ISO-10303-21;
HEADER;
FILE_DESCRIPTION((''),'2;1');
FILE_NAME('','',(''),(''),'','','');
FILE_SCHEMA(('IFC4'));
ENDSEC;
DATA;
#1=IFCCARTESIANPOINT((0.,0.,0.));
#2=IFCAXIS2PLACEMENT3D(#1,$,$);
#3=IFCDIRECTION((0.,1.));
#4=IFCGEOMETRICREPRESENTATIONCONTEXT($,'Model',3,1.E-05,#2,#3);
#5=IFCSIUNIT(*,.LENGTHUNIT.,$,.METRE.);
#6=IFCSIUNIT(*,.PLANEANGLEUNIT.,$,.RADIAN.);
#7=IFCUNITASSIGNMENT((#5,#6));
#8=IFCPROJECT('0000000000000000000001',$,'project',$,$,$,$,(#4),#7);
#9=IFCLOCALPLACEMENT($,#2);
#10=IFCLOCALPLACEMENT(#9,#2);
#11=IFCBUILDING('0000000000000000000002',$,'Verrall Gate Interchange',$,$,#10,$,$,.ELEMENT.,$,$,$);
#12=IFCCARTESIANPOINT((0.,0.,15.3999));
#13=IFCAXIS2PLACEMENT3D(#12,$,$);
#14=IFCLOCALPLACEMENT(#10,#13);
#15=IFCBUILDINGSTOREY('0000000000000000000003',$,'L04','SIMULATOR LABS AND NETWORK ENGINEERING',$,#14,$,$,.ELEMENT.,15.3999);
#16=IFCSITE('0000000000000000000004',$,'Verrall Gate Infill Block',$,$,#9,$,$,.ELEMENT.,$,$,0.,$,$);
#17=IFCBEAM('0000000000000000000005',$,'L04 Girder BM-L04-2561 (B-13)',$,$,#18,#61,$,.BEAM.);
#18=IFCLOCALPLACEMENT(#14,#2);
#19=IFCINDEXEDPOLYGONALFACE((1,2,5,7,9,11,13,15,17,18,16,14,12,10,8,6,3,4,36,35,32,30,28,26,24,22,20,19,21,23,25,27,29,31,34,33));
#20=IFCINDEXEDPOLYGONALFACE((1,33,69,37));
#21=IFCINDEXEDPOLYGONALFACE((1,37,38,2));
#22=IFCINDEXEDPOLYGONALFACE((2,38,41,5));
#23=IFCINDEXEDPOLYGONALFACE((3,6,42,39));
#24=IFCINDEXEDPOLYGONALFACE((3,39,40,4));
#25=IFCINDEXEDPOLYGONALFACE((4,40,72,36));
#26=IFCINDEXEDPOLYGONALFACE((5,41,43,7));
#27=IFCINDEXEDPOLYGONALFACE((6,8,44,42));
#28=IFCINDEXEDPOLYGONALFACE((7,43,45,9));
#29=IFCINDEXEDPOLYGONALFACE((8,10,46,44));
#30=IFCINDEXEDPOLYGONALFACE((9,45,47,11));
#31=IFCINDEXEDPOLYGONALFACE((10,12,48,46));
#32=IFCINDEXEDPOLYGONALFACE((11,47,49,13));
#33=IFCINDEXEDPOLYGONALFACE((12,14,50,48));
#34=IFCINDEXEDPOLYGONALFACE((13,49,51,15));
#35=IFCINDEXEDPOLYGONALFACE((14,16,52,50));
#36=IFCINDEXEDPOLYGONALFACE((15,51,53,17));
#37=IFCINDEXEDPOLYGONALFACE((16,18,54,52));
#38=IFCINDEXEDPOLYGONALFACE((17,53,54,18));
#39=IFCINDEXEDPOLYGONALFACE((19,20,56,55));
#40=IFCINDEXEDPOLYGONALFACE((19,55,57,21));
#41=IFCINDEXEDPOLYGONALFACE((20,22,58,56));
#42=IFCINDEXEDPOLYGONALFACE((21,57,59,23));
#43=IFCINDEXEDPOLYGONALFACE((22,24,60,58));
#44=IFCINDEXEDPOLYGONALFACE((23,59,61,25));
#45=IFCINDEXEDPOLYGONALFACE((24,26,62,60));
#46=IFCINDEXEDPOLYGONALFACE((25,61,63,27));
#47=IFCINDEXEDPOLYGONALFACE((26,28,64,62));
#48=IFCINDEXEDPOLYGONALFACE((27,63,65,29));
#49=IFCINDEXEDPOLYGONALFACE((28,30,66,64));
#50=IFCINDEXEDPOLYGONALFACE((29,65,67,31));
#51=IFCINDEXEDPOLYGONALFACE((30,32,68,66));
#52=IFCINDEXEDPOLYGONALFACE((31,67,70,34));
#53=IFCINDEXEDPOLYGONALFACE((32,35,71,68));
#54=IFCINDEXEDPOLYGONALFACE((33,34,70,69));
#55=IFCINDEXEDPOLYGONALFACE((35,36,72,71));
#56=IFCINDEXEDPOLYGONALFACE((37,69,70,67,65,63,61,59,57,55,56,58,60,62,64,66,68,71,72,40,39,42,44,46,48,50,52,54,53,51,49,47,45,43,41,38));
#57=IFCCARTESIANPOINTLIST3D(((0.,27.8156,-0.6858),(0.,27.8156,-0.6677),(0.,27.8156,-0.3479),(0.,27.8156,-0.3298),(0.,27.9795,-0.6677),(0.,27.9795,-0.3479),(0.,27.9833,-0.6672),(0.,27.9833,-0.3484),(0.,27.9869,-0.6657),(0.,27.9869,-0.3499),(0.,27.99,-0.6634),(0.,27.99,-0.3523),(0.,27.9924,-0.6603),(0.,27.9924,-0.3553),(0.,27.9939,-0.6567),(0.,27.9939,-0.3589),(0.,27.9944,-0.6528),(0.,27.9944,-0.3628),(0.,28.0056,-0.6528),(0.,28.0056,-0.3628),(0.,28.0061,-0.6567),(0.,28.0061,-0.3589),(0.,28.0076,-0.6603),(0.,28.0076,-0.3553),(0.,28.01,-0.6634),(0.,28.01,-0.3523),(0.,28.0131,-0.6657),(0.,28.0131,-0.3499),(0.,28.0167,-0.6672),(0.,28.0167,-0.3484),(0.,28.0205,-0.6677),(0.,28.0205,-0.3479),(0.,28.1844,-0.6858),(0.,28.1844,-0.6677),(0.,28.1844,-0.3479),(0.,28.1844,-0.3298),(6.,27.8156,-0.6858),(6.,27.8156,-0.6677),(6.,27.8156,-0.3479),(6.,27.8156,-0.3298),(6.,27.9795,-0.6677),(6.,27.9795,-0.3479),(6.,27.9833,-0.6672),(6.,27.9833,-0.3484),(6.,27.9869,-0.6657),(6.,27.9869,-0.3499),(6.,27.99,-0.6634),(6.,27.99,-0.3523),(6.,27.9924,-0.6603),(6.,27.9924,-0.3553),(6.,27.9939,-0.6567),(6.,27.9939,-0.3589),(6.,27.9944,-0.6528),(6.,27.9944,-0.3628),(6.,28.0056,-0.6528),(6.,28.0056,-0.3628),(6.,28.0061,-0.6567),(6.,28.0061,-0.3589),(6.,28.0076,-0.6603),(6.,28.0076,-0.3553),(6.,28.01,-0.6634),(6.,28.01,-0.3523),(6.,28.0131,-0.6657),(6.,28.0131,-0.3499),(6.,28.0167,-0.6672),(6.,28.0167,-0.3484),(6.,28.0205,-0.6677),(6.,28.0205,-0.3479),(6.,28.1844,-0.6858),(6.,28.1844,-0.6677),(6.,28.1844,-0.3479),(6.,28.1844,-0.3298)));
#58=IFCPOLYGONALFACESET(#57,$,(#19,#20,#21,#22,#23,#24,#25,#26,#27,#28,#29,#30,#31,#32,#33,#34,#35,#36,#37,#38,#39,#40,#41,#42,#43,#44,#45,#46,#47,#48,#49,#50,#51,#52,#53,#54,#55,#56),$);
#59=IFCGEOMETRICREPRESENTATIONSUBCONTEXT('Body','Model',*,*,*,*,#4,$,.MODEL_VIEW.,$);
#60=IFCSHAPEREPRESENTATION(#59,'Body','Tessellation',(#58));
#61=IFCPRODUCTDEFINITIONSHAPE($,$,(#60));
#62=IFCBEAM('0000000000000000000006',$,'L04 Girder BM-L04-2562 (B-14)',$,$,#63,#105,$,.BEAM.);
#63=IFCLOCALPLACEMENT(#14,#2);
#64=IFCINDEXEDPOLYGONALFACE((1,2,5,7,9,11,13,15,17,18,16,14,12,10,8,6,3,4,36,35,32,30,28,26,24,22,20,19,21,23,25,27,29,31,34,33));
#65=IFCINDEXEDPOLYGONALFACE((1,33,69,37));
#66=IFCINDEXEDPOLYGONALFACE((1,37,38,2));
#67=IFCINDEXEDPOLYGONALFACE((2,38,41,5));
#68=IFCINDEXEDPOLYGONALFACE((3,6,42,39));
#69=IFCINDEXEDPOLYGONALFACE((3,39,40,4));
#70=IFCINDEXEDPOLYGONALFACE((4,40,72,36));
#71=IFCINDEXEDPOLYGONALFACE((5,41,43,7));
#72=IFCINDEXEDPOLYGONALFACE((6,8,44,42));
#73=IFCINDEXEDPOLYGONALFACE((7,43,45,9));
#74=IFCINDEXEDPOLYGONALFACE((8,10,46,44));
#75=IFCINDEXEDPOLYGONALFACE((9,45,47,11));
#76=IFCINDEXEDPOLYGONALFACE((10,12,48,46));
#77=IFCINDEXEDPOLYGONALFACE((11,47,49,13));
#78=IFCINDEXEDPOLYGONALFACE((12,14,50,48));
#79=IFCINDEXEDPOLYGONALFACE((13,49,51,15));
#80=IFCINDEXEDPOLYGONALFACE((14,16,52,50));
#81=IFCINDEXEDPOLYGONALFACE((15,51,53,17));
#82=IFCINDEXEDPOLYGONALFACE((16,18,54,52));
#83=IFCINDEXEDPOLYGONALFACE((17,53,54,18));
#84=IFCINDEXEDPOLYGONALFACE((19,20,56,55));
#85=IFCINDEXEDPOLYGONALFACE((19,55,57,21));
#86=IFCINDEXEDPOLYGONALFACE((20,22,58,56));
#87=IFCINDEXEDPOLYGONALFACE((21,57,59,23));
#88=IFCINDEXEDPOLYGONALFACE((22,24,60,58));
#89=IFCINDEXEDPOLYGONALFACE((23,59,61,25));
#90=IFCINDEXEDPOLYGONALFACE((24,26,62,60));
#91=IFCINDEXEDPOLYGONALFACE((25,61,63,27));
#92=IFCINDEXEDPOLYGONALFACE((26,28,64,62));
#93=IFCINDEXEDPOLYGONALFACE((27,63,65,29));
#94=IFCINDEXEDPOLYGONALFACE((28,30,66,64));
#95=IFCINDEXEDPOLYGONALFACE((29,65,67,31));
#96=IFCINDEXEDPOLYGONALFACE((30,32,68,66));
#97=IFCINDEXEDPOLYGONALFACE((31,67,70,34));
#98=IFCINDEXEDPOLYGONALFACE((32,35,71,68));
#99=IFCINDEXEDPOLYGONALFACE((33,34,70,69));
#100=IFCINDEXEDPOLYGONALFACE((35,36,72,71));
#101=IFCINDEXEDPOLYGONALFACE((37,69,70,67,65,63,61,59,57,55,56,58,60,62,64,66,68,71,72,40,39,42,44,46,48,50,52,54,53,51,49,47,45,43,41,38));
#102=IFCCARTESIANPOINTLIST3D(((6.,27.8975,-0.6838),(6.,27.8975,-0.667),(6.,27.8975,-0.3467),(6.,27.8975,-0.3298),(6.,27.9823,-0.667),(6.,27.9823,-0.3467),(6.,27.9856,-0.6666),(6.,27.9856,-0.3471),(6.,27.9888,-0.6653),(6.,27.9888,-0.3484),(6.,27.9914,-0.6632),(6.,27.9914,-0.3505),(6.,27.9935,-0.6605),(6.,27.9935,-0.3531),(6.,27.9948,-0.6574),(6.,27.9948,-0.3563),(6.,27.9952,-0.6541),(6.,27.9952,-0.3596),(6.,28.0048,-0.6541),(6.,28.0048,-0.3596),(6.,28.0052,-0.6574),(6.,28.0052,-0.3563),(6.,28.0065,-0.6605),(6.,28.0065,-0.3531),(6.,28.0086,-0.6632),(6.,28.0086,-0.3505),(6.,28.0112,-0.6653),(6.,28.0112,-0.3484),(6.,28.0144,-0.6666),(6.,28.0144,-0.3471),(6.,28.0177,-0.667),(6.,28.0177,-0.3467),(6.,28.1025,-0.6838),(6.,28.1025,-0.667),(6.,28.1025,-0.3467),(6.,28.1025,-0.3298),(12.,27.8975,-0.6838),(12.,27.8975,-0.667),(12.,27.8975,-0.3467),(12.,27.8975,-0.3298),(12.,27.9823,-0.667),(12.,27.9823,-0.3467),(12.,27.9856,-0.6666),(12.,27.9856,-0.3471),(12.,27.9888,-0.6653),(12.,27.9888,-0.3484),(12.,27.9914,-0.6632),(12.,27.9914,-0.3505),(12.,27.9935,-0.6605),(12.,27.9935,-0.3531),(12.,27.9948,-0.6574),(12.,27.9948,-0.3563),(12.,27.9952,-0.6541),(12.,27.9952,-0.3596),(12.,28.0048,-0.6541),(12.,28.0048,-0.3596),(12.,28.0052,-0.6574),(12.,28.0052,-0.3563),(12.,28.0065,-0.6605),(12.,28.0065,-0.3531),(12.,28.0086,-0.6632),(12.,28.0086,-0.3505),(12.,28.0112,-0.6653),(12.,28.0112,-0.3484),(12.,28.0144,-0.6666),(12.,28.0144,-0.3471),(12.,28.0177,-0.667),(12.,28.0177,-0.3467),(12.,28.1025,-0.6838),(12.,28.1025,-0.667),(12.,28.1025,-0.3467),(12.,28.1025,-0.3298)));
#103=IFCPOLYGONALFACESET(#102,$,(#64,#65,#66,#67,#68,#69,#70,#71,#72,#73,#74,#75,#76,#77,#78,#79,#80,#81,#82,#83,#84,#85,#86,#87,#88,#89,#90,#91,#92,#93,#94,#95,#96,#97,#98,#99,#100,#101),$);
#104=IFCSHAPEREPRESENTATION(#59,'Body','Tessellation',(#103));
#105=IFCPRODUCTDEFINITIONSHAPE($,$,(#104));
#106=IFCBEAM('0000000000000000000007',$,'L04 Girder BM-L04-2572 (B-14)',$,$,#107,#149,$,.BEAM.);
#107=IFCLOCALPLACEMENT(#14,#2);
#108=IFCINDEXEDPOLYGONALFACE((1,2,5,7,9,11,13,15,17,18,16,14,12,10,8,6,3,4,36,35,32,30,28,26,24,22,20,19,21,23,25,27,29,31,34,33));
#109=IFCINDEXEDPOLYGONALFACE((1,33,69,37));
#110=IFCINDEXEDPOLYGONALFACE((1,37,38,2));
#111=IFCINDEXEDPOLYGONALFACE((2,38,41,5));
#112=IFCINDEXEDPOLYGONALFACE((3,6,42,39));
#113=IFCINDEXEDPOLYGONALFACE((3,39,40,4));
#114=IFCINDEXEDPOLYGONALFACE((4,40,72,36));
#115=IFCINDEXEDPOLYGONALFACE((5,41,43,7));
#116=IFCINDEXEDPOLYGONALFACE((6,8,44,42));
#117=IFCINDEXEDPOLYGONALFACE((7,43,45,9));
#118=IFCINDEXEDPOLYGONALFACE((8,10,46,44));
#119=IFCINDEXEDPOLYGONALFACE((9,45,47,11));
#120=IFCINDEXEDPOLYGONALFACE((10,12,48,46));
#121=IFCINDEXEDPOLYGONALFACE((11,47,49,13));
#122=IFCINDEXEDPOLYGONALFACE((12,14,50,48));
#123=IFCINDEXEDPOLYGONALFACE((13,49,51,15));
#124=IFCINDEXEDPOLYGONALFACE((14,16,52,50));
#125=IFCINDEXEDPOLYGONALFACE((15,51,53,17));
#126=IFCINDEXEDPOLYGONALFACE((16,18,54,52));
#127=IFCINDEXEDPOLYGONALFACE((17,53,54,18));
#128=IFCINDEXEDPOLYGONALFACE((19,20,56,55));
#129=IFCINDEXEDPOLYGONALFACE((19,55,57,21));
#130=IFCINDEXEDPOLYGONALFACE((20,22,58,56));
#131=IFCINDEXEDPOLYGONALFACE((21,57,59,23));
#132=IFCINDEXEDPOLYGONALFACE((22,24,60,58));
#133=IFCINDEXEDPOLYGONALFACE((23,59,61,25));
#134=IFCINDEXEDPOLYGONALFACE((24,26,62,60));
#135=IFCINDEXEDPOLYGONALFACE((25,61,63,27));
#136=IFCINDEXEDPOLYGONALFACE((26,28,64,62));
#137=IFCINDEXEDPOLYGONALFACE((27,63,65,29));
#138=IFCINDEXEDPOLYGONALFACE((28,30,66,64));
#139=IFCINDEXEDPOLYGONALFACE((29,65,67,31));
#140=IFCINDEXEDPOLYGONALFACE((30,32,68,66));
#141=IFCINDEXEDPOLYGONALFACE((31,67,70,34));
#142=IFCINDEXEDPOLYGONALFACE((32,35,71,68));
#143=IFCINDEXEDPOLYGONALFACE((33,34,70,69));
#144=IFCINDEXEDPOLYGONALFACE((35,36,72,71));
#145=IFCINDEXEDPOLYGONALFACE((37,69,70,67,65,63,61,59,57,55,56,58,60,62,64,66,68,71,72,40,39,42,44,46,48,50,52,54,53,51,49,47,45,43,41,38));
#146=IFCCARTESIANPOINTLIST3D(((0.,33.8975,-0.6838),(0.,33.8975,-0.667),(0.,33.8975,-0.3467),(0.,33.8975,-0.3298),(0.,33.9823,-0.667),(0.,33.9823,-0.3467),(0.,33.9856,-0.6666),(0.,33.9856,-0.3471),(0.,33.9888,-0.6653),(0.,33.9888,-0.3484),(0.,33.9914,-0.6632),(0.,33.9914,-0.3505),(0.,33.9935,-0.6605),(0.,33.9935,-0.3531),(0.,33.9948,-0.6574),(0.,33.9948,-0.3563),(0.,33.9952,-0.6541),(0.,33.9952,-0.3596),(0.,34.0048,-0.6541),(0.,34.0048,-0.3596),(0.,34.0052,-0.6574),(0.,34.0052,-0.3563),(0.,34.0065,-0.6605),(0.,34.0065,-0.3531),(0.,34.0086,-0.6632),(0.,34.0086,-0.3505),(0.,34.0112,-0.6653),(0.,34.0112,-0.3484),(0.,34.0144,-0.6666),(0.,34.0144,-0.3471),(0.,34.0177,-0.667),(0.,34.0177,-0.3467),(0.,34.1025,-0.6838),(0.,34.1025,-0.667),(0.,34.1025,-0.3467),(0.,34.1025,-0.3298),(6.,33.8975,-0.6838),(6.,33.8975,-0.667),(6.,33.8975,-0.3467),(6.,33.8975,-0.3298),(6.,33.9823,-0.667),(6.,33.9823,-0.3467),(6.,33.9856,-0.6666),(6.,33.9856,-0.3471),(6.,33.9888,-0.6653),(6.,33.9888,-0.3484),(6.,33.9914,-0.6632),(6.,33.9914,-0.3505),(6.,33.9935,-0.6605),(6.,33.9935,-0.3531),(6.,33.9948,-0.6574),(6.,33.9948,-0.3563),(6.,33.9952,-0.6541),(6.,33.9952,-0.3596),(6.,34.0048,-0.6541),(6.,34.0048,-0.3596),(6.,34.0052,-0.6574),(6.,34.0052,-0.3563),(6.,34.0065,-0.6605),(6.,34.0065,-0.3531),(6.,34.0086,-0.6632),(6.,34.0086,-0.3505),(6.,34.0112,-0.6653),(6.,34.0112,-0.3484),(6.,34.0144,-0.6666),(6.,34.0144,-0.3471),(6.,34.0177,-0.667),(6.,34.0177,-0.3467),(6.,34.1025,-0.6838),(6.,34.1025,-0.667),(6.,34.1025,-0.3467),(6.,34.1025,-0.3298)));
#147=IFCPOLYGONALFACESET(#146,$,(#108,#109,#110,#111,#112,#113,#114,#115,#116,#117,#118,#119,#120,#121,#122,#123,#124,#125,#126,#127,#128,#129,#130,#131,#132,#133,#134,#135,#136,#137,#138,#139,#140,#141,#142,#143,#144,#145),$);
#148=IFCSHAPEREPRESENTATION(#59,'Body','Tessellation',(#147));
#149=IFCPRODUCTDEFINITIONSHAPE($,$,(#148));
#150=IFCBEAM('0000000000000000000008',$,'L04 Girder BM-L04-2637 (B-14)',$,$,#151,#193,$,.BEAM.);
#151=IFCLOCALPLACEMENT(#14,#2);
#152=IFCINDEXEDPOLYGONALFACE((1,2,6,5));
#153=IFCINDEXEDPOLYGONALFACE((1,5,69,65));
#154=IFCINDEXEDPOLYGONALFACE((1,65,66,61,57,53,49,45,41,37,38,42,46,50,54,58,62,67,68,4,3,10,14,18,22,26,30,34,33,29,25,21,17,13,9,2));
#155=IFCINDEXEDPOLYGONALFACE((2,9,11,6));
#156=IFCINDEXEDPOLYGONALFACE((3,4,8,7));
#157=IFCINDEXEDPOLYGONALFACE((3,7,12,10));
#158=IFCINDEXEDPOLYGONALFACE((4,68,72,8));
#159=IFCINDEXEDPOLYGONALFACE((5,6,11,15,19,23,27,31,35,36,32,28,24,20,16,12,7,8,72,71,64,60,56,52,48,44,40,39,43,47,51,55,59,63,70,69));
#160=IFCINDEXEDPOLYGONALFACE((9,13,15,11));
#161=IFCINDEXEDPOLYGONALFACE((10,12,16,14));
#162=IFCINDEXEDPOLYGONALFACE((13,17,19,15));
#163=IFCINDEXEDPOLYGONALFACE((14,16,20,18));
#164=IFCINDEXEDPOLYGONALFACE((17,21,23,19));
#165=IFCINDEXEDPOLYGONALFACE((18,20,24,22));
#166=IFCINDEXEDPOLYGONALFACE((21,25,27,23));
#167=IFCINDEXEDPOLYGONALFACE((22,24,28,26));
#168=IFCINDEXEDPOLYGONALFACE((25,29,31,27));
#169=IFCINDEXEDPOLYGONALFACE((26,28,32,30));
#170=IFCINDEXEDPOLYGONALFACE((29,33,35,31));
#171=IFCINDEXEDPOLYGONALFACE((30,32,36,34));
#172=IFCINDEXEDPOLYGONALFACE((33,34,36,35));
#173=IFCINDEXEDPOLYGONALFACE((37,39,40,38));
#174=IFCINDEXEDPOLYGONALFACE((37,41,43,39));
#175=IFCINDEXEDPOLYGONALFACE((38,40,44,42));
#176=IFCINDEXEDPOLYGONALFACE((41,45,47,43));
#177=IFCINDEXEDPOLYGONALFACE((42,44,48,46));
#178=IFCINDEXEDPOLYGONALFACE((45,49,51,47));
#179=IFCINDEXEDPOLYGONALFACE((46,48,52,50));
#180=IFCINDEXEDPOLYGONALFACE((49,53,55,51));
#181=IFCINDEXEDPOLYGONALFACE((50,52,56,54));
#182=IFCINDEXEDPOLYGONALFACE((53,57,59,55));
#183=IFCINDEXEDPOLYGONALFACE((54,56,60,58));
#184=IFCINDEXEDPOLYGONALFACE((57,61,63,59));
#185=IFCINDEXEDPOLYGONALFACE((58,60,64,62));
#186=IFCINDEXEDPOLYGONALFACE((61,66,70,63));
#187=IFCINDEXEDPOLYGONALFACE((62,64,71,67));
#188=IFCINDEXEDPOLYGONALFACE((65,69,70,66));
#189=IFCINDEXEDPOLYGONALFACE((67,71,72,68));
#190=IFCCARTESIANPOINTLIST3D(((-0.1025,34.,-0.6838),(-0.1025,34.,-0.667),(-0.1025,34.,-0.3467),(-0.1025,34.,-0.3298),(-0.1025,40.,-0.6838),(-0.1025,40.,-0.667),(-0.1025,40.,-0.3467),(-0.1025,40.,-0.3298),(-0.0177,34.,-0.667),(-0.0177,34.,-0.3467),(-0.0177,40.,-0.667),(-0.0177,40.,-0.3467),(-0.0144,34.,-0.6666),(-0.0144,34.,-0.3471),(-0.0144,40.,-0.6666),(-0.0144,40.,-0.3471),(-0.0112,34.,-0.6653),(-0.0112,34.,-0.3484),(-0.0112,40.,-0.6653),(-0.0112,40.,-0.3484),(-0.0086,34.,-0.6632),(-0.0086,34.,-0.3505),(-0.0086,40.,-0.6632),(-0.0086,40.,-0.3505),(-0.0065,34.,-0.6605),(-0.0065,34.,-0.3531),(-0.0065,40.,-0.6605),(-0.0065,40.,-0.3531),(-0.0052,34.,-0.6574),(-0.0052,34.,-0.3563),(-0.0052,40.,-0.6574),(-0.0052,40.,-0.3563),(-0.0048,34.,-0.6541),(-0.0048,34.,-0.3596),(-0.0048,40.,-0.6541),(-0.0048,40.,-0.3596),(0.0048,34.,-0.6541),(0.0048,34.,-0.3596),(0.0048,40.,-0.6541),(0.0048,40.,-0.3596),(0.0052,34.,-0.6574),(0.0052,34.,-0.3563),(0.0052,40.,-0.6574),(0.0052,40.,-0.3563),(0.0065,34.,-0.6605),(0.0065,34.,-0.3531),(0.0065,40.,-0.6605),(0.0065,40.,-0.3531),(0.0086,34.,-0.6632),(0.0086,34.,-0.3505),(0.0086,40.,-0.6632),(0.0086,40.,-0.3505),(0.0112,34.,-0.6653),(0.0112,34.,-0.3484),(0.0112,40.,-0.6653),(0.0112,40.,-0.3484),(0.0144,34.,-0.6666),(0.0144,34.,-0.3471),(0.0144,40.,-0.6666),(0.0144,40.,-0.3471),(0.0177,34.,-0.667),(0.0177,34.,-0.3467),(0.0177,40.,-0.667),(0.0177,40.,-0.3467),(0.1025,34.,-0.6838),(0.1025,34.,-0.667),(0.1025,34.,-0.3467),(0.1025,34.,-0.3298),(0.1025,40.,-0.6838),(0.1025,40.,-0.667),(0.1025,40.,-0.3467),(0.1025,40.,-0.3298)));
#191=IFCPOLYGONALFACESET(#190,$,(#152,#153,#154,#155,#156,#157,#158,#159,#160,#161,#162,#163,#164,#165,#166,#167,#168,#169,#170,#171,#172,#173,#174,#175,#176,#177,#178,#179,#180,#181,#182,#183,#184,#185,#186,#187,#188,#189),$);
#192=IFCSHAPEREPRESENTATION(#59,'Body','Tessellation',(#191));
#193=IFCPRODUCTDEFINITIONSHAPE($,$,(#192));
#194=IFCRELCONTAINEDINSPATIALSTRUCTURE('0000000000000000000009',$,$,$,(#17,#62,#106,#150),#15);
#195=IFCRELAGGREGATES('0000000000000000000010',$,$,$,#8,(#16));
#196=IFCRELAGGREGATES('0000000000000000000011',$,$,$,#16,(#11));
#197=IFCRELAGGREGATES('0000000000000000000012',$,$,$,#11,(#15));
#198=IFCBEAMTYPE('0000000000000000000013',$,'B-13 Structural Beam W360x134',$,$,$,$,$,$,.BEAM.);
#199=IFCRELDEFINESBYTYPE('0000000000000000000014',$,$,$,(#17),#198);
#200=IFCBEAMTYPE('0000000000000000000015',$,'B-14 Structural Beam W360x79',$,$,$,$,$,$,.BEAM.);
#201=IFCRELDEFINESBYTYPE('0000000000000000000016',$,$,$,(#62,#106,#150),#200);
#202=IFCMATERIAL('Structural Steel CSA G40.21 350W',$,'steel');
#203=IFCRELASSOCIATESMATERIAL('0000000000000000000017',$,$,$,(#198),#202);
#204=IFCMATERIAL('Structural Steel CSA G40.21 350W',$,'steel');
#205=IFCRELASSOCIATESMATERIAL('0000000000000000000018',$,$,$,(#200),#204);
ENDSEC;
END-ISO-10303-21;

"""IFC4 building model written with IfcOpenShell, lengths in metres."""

from ifc_helpers import new_model, si_unit, direction, frame, origin, origin_2d, place, context, subcontext, project, spatial, i_section, extrude, material, material_profile, profile_set, type_object, element, save


model = new_model("IFC4")

# Units and contexts
model_context = context("Model", 3, precision=1e-05, world=origin(), true_north=direction((0.0, 1.0)))
body_context = subcontext(model_context, "Body", "Model", "MODEL_VIEW")
ifc_project = project(units=[si_unit("LENGTHUNIT", "METRE"), si_unit("PLANEANGLEUNIT", "RADIAN")], contexts=[model_context])

# Site, building, storey
site_placement = place(None, origin())
site = spatial("IfcSite", under=ifc_project, at=site_placement, Name="Verrall Gate Infill Block", CompositionType="ELEMENT", RefElevation=0.0)
building_placement = place(site_placement, origin())
building = spatial("IfcBuilding", under=site, at=building_placement, Name="Verrall Gate Interchange", CompositionType="ELEMENT")
storey_placement = place(building_placement, frame((0.0, 0.0, 15.3999)))
storey = spatial("IfcBuildingStorey", under=building, at=storey_placement, Name="L04", Description="SIMULATOR LABS AND NETWORK ENGINEERING", CompositionType="ELEMENT", Elevation=15.3999)

# Beams
ifc_material_1 = material(Name="Structural Steel CSA G40.21 350W", Category="steel")
ifc_material_profile_1 = material_profile(ifc_material_1, i_section(OverallWidth=0.3689, OverallDepth=0.356, WebThickness=0.0112, FlangeThickness=0.0181, FilletRadius=0.0149, at=origin_2d()), Name="W360x134")
ifc_profile_set_1 = profile_set([ifc_material_profile_1], Name="Structural Steel CSA G40.21 350W")
beam_type_1 = type_object("IfcBeamType", Name="B-13 Structural Beam W360x134", PredefinedType="BEAM", material=ifc_profile_set_1)
beam_1_placement = place(storey_placement, frame((0.0, 28.0, -0.5078), z_axis=(1.0, 0.0, 0.0), x_axis=(0.0, 1.0, 0.0)))
element("IfcBeam", 1, at=beam_1_placement, inside=storey, type_object=beam_type_1, Name="L04 Girder BM-L04-2561 (B-13)", PredefinedType="BEAM", context=body_context, shape_type="SweptSolid", body=[
    extrude(i_section(OverallWidth=0.3689, OverallDepth=0.356, WebThickness=0.0112, FlangeThickness=0.0181, FilletRadius=0.0149, at=origin_2d()), origin(), (0.0, 0.0, 1.0), 6.0),
])
ifc_material_2 = material(Name="Structural Steel CSA G40.21 350W", Category="steel")
ifc_material_profile_2 = material_profile(ifc_material_2, i_section(OverallWidth=0.2051, OverallDepth=0.354, WebThickness=0.0095, FlangeThickness=0.0168, FilletRadius=0.0129, at=origin_2d()), Name="W360x79")
ifc_profile_set_2 = profile_set([ifc_material_profile_2], Name="Structural Steel CSA G40.21 350W")
beam_type_2 = type_object("IfcBeamType", Name="B-14 Structural Beam W360x79", PredefinedType="BEAM", material=ifc_profile_set_2)
for number, where, z_axis, x_axis, name in (
    (2, (6.0, 28.0, -0.5068), (1.0, 0.0, 0.0), (0.0, 1.0, 0.0), "L04 Girder BM-L04-2562 (B-14)"),
    (3, (0.0, 34.0, -0.5068), (1.0, 0.0, 0.0), (0.0, 1.0, 0.0), "L04 Girder BM-L04-2572 (B-14)"),
    (4, (0.0, 34.0, -0.5068), (0.0, 1.0, 0.0), (-1.0, 0.0, 0.0), "L04 Girder BM-L04-2637 (B-14)"),
):
    element("IfcBeam", number, at=place(storey_placement, frame(where, z_axis=z_axis, x_axis=x_axis)), inside=storey, type_object=beam_type_2, Name=name, PredefinedType="BEAM", context=body_context, shape_type="SweptSolid", body=[
        extrude(i_section(OverallWidth=0.2051, OverallDepth=0.354, WebThickness=0.0095, FlangeThickness=0.0168, FilletRadius=0.0129, at=origin_2d()), origin(), (0.0, 0.0, 1.0), 6.0),
    ])

save(model, "model.ifc")
